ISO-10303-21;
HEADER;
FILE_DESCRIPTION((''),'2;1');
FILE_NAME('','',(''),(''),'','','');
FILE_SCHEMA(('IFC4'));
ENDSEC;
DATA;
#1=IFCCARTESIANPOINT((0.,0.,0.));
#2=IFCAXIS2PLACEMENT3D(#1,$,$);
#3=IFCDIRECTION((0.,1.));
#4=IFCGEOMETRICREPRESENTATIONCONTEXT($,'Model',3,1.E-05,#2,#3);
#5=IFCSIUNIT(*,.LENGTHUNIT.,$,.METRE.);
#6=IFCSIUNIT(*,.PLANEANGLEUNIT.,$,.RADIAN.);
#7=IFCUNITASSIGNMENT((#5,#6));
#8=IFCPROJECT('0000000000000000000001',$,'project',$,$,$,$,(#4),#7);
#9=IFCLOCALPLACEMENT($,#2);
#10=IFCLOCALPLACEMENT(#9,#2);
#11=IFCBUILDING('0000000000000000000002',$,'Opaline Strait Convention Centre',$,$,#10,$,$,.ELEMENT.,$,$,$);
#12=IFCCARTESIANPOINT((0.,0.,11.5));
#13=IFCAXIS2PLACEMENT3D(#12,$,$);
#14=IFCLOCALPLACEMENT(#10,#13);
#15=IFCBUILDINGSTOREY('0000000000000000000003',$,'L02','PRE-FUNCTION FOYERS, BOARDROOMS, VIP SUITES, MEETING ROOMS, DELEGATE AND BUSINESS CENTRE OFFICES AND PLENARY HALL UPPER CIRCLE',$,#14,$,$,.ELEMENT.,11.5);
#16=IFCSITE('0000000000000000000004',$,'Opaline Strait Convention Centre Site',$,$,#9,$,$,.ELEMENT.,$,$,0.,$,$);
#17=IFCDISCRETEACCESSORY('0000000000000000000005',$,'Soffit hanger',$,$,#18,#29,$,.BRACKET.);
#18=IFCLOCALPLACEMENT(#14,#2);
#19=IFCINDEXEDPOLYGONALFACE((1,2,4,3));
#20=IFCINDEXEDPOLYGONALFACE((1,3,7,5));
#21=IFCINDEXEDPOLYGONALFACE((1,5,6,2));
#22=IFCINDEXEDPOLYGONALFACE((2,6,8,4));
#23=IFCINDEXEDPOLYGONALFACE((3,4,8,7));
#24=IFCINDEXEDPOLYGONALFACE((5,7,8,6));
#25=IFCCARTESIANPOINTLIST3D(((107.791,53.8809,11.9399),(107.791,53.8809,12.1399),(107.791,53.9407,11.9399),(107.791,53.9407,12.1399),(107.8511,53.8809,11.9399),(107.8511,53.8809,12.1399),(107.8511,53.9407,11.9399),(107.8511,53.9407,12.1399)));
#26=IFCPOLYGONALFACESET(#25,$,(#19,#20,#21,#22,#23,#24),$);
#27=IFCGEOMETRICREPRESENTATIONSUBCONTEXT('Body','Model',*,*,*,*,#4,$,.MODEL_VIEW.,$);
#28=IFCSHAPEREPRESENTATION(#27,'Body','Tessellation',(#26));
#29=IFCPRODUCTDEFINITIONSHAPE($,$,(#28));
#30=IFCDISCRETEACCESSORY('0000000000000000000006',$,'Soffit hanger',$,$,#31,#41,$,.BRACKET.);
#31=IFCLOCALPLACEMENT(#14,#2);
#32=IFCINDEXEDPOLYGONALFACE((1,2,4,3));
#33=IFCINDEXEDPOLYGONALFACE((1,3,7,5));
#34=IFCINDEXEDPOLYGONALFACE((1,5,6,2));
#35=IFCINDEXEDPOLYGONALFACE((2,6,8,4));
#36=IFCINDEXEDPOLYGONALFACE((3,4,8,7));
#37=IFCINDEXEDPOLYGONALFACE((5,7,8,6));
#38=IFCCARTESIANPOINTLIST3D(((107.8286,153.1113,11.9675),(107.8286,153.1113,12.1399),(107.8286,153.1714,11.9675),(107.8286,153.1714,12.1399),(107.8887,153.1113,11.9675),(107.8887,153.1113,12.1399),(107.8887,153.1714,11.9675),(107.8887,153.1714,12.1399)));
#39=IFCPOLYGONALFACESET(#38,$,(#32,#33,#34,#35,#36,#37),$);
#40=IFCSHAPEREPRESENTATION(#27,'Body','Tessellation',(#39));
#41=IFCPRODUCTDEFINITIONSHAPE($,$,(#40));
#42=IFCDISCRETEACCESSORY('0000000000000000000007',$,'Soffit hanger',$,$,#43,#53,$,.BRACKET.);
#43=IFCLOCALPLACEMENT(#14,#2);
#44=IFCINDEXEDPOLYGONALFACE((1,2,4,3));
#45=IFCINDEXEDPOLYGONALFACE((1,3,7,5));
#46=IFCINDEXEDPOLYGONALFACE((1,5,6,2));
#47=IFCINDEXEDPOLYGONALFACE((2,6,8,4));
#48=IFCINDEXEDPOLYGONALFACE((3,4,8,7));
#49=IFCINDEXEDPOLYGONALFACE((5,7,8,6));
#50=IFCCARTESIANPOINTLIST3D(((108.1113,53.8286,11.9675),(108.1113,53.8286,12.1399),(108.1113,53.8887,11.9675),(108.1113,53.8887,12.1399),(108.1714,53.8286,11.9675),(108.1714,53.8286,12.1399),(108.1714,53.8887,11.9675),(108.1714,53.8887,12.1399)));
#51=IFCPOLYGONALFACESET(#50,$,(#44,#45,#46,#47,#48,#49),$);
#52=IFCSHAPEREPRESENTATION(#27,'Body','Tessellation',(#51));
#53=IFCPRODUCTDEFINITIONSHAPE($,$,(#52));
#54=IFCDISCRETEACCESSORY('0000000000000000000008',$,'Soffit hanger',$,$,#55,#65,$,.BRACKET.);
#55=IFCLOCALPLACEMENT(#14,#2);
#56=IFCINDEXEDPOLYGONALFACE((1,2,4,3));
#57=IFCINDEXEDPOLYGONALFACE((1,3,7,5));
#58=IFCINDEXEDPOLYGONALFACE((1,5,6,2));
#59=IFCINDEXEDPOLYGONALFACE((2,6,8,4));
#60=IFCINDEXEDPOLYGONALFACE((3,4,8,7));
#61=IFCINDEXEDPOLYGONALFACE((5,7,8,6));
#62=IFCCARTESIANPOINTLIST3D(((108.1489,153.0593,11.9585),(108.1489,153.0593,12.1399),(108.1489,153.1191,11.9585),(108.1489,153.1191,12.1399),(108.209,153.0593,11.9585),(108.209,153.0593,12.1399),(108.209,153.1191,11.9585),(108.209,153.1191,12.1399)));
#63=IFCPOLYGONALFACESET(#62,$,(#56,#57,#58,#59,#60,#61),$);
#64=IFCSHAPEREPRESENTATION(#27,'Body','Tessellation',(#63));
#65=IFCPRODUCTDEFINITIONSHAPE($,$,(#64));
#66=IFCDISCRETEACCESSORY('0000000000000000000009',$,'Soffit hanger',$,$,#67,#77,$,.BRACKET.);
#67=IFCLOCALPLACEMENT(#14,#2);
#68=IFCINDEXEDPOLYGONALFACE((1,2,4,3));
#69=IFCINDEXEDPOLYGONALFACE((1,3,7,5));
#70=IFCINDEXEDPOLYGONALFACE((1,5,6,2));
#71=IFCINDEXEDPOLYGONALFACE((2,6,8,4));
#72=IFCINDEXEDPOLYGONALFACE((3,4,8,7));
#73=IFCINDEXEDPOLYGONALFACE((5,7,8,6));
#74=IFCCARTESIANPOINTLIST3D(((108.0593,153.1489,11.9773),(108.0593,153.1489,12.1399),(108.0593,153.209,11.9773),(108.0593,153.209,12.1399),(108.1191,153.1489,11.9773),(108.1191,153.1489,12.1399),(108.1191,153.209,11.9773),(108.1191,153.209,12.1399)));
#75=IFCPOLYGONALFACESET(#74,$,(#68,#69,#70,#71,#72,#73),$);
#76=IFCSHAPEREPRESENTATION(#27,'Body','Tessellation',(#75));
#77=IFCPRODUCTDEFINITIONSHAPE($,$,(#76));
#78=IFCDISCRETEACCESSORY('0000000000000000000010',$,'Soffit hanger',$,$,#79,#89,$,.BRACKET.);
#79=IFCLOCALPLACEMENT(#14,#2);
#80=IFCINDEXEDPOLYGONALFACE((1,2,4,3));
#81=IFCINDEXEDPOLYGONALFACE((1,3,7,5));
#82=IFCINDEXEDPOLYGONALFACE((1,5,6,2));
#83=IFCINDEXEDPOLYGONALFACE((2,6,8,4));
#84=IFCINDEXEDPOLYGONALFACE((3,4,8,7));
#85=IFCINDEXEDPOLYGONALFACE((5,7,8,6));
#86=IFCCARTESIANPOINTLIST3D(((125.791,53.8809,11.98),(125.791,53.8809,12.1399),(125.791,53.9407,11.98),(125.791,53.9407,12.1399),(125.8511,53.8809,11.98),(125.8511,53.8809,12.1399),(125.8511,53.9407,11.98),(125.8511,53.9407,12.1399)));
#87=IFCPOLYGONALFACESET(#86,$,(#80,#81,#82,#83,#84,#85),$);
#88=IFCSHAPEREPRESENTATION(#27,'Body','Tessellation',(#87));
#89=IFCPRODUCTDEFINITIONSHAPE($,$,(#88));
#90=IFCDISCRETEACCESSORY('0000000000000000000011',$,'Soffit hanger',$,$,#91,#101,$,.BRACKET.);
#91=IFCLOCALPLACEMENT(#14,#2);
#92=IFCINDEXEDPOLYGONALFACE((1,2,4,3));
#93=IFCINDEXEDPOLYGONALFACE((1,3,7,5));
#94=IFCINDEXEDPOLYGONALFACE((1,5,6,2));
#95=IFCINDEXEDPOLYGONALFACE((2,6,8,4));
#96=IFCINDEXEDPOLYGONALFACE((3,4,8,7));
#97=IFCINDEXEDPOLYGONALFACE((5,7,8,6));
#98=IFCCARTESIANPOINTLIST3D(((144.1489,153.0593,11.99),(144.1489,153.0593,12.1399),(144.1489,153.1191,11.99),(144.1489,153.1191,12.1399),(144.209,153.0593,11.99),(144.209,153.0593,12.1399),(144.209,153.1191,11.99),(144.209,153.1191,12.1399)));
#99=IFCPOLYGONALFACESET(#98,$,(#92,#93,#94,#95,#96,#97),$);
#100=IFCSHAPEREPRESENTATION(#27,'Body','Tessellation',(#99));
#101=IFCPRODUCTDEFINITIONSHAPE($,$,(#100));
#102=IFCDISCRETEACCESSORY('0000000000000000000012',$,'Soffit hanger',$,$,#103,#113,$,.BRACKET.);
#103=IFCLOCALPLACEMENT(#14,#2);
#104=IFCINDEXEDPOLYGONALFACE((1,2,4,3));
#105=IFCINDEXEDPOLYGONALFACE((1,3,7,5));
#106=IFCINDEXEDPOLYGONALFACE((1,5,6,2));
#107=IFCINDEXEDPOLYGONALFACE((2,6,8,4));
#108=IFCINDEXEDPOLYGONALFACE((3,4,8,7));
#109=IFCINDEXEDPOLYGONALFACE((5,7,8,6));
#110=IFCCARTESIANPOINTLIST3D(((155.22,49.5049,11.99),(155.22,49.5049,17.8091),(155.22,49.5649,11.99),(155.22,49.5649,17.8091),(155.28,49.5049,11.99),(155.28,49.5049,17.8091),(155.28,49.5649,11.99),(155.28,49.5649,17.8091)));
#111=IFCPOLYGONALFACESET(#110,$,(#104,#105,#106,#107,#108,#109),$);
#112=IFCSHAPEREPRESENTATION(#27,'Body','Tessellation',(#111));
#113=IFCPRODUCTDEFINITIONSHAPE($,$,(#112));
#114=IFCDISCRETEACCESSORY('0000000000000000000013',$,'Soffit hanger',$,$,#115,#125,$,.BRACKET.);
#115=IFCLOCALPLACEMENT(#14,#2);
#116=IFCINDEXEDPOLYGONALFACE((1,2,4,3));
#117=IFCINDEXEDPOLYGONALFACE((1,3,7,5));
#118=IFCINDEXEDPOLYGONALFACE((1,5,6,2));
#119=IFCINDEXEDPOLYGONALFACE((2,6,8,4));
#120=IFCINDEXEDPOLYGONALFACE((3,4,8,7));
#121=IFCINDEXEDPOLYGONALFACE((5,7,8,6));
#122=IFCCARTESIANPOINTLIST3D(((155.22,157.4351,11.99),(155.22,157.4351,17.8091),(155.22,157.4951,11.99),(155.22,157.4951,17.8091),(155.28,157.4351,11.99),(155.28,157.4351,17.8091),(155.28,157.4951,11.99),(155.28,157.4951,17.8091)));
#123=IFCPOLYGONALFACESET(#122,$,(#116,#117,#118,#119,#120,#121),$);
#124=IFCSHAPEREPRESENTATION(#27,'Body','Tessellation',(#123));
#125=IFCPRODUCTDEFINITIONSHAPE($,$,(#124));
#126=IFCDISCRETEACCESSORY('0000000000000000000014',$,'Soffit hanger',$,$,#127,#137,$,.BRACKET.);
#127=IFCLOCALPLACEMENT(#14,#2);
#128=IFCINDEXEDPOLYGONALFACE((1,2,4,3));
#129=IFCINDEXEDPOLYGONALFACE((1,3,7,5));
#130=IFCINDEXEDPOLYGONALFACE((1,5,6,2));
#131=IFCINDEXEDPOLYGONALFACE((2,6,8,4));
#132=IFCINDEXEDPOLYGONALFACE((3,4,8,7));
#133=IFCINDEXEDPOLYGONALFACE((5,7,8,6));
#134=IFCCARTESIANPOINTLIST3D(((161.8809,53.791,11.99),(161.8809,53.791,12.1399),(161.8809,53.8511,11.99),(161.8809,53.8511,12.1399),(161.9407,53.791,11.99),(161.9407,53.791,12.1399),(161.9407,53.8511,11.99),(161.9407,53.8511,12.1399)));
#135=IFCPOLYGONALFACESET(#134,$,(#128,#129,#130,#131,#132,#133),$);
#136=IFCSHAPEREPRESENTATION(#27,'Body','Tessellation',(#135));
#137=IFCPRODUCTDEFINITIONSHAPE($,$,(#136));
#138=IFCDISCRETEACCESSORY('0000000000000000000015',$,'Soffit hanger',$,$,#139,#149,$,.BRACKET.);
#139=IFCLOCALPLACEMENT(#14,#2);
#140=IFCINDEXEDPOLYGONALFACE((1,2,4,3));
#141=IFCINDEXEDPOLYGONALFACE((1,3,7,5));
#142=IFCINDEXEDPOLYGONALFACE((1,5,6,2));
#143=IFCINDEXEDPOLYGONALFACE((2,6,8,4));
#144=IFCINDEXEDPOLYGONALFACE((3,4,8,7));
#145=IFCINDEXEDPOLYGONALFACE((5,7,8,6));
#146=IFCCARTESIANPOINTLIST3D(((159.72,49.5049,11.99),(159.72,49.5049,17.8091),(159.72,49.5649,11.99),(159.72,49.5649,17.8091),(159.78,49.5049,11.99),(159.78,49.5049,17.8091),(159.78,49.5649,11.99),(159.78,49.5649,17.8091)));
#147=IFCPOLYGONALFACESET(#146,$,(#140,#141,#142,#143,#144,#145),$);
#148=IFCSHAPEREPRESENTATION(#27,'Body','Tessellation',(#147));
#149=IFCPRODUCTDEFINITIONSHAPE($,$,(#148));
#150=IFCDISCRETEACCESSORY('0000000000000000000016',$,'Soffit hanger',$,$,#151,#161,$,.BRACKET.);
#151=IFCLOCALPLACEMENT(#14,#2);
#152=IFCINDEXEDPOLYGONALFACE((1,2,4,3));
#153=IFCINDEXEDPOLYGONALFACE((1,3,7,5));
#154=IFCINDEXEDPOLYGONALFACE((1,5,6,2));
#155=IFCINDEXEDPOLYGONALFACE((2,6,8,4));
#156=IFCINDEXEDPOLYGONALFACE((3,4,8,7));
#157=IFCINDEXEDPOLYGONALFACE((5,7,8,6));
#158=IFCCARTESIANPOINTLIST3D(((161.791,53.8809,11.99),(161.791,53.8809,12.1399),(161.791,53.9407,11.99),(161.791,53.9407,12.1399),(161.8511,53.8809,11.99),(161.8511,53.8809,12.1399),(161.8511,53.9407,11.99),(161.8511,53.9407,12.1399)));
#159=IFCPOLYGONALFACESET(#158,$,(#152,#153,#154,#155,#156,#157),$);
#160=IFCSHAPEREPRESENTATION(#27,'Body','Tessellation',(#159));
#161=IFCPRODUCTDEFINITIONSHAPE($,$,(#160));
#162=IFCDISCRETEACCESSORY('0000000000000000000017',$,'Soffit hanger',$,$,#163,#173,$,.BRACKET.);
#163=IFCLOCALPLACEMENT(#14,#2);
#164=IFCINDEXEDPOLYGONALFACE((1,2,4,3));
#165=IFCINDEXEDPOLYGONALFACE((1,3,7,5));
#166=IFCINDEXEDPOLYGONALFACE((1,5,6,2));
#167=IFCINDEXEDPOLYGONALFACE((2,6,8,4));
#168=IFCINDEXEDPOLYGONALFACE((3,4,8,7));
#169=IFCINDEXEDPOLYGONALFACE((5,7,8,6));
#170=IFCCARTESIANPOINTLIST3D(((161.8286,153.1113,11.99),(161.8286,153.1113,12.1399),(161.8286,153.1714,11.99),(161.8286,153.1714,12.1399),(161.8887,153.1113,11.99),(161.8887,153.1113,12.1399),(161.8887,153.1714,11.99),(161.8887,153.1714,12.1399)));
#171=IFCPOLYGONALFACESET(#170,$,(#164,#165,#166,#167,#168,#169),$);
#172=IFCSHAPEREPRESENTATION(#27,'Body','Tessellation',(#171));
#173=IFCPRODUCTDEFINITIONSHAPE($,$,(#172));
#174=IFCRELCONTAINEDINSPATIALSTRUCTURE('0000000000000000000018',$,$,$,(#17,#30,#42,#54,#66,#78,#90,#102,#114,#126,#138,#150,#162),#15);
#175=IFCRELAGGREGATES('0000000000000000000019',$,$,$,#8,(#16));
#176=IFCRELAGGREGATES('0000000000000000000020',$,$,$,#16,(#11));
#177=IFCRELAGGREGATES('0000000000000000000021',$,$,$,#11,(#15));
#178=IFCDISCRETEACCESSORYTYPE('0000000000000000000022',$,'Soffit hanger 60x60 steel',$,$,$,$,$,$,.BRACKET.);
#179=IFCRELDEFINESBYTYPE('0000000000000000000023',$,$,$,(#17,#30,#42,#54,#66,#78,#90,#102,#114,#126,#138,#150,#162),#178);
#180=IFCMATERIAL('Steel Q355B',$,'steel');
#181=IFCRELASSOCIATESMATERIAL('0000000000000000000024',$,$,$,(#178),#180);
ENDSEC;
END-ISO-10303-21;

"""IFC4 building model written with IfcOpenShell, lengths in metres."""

from ifc_helpers import new_model, si_unit, direction, frame, origin, place, context, subcontext, project, spatial, polyline, outline, extrude, material, type_object, element, save


model = new_model("IFC4")

# Units and contexts
model_context = context("Model", 3, precision=1e-05, world=origin(), true_north=direction((0.0, 1.0)))
body_context = subcontext(model_context, "Body", "Model", "MODEL_VIEW")
ifc_project = project(units=[si_unit("LENGTHUNIT", "METRE"), si_unit("PLANEANGLEUNIT", "RADIAN")], contexts=[model_context])

# Site, building, storey
site_placement = place(None, origin())
site = spatial("IfcSite", under=ifc_project, at=site_placement, Name="Opaline Strait Convention Centre Site", CompositionType="ELEMENT", RefElevation=0.0)
building_placement = place(site_placement, origin())
building = spatial("IfcBuilding", under=site, at=building_placement, Name="Opaline Strait Convention Centre", CompositionType="ELEMENT")
storey_placement = place(building_placement, frame((0.0, 0.0, 11.5)))
storey = spatial("IfcBuildingStorey", under=building, at=storey_placement, Name="L02", Description="PRE-FUNCTION FOYERS, BOARDROOMS, VIP SUITES, MEETING ROOMS, DELEGATE AND BUSINESS CENTRE OFFICES AND PLENARY HALL UPPER CIRCLE", CompositionType="ELEMENT", Elevation=11.5)

# Discrete accessories
ifc_material_1 = material(Name="Steel Q355B", Category="steel")
discrete_accessory_type_1 = type_object("IfcDiscreteAccessoryType", Name="Soffit hanger 60x60 steel", PredefinedType="BRACKET", material=ifc_material_1)
discrete_accessory_1_placement = place(storey_placement, frame((0.0, 0.0, 11.9399)))
element("IfcDiscreteAccessory", 1, at=discrete_accessory_1_placement, inside=storey, type_object=discrete_accessory_type_1, Name="Soffit hanger", PredefinedType="BRACKET", context=body_context, shape_type="SweptSolid", body=[
    extrude(outline(polyline([(107.791, 53.8809), (107.8511, 53.8809), (107.8511, 53.9407), (107.791, 53.9407), (107.791, 53.8809)])), origin(), (0.0, 0.0, 1.0), 0.2),
])
discrete_accessory_2_placement = place(storey_placement, frame((0.0, 0.0, 11.9675)))
element("IfcDiscreteAccessory", 2, at=discrete_accessory_2_placement, inside=storey, type_object=discrete_accessory_type_1, Name="Soffit hanger", PredefinedType="BRACKET", context=body_context, shape_type="SweptSolid", body=[
    extrude(outline(polyline([(107.8286, 153.1113), (107.8887, 153.1113), (107.8887, 153.1714), (107.8286, 153.1714), (107.8286, 153.1113)])), origin(), (0.0, 0.0, 1.0), 0.1724),
])
discrete_accessory_3_placement = place(storey_placement, frame((0.0, 0.0, 11.9675)))
element("IfcDiscreteAccessory", 3, at=discrete_accessory_3_placement, inside=storey, type_object=discrete_accessory_type_1, Name="Soffit hanger", PredefinedType="BRACKET", context=body_context, shape_type="SweptSolid", body=[
    extrude(outline(polyline([(108.1113, 53.8286), (108.1714, 53.8286), (108.1714, 53.8887), (108.1113, 53.8887), (108.1113, 53.8286)])), origin(), (0.0, 0.0, 1.0), 0.1724),
])
discrete_accessory_4_placement = place(storey_placement, frame((0.0, 0.0, 11.9585)))
element("IfcDiscreteAccessory", 4, at=discrete_accessory_4_placement, inside=storey, type_object=discrete_accessory_type_1, Name="Soffit hanger", PredefinedType="BRACKET", context=body_context, shape_type="SweptSolid", body=[
    extrude(outline(polyline([(108.1489, 153.0593), (108.209, 153.0593), (108.209, 153.1191), (108.1489, 153.1191), (108.1489, 153.0593)])), origin(), (0.0, 0.0, 1.0), 0.1814),
])
discrete_accessory_5_placement = place(storey_placement, frame((0.0, 0.0, 11.9773)))
element("IfcDiscreteAccessory", 5, at=discrete_accessory_5_placement, inside=storey, type_object=discrete_accessory_type_1, Name="Soffit hanger", PredefinedType="BRACKET", context=body_context, shape_type="SweptSolid", body=[
    extrude(outline(polyline([(108.0593, 153.1489), (108.1191, 153.1489), (108.1191, 153.209), (108.0593, 153.209), (108.0593, 153.1489)])), origin(), (0.0, 0.0, 1.0), 0.1626),
])
discrete_accessory_6_placement = place(storey_placement, frame((0.0, 0.0, 11.98)))
element("IfcDiscreteAccessory", 6, at=discrete_accessory_6_placement, inside=storey, type_object=discrete_accessory_type_1, Name="Soffit hanger", PredefinedType="BRACKET", context=body_context, shape_type="SweptSolid", body=[
    extrude(outline(polyline([(125.791, 53.8809), (125.8511, 53.8809), (125.8511, 53.9407), (125.791, 53.9407), (125.791, 53.8809)])), origin(), (0.0, 0.0, 1.0), 0.1599),
])
discrete_accessory_7_placement = place(storey_placement, frame((0.0, 0.0, 11.99)))
element("IfcDiscreteAccessory", 7, at=discrete_accessory_7_placement, inside=storey, type_object=discrete_accessory_type_1, Name="Soffit hanger", PredefinedType="BRACKET", context=body_context, shape_type="SweptSolid", body=[
    extrude(outline(polyline([(144.1489, 153.0593), (144.209, 153.0593), (144.209, 153.1191), (144.1489, 153.1191), (144.1489, 153.0593)])), origin(), (0.0, 0.0, 1.0), 0.1499),
])
discrete_accessory_8_placement = place(storey_placement, frame((0.0, 0.0, 11.99)))
element("IfcDiscreteAccessory", 8, at=discrete_accessory_8_placement, inside=storey, type_object=discrete_accessory_type_1, Name="Soffit hanger", PredefinedType="BRACKET", context=body_context, shape_type="SweptSolid", body=[
    extrude(outline(polyline([(155.22, 49.5049), (155.28, 49.5049), (155.28, 49.5649), (155.22, 49.5649), (155.22, 49.5049)])), origin(), (0.0, 0.0, 1.0), 5.8191),
])
discrete_accessory_9_placement = place(storey_placement, frame((0.0, 0.0, 11.99)))
element("IfcDiscreteAccessory", 9, at=discrete_accessory_9_placement, inside=storey, type_object=discrete_accessory_type_1, Name="Soffit hanger", PredefinedType="BRACKET", context=body_context, shape_type="SweptSolid", body=[
    extrude(outline(polyline([(155.22, 157.4351), (155.28, 157.4351), (155.28, 157.4951), (155.22, 157.4951), (155.22, 157.4351)])), origin(), (0.0, 0.0, 1.0), 5.8191),
])
discrete_accessory_10_placement = place(storey_placement, frame((0.0, 0.0, 11.99)))
element("IfcDiscreteAccessory", 10, at=discrete_accessory_10_placement, inside=storey, type_object=discrete_accessory_type_1, Name="Soffit hanger", PredefinedType="BRACKET", context=body_context, shape_type="SweptSolid", body=[
    extrude(outline(polyline([(161.8809, 53.791), (161.9407, 53.791), (161.9407, 53.8511), (161.8809, 53.8511), (161.8809, 53.791)])), origin(), (0.0, 0.0, 1.0), 0.1499),
])
discrete_accessory_11_placement = place(storey_placement, frame((0.0, 0.0, 11.99)))
element("IfcDiscreteAccessory", 11, at=discrete_accessory_11_placement, inside=storey, type_object=discrete_accessory_type_1, Name="Soffit hanger", PredefinedType="BRACKET", context=body_context, shape_type="SweptSolid", body=[
    extrude(outline(polyline([(159.72, 49.5049), (159.78, 49.5049), (159.78, 49.5649), (159.72, 49.5649), (159.72, 49.5049)])), origin(), (0.0, 0.0, 1.0), 5.8191),
])
discrete_accessory_12_placement = place(storey_placement, frame((0.0, 0.0, 11.99)))
element("IfcDiscreteAccessory", 12, at=discrete_accessory_12_placement, inside=storey, type_object=discrete_accessory_type_1, Name="Soffit hanger", PredefinedType="BRACKET", context=body_context, shape_type="SweptSolid", body=[
    extrude(outline(polyline([(161.791, 53.8809), (161.8511, 53.8809), (161.8511, 53.9407), (161.791, 53.9407), (161.791, 53.8809)])), origin(), (0.0, 0.0, 1.0), 0.1499),
])
discrete_accessory_13_placement = place(storey_placement, frame((0.0, 0.0, 11.99)))
element("IfcDiscreteAccessory", 13, at=discrete_accessory_13_placement, inside=storey, type_object=discrete_accessory_type_1, Name="Soffit hanger", PredefinedType="BRACKET", context=body_context, shape_type="SweptSolid", body=[
    extrude(outline(polyline([(161.8286, 153.1113), (161.8887, 153.1113), (161.8887, 153.1714), (161.8286, 153.1714), (161.8286, 153.1113)])), origin(), (0.0, 0.0, 1.0), 0.1499),
])

save(model, "model.ifc")
